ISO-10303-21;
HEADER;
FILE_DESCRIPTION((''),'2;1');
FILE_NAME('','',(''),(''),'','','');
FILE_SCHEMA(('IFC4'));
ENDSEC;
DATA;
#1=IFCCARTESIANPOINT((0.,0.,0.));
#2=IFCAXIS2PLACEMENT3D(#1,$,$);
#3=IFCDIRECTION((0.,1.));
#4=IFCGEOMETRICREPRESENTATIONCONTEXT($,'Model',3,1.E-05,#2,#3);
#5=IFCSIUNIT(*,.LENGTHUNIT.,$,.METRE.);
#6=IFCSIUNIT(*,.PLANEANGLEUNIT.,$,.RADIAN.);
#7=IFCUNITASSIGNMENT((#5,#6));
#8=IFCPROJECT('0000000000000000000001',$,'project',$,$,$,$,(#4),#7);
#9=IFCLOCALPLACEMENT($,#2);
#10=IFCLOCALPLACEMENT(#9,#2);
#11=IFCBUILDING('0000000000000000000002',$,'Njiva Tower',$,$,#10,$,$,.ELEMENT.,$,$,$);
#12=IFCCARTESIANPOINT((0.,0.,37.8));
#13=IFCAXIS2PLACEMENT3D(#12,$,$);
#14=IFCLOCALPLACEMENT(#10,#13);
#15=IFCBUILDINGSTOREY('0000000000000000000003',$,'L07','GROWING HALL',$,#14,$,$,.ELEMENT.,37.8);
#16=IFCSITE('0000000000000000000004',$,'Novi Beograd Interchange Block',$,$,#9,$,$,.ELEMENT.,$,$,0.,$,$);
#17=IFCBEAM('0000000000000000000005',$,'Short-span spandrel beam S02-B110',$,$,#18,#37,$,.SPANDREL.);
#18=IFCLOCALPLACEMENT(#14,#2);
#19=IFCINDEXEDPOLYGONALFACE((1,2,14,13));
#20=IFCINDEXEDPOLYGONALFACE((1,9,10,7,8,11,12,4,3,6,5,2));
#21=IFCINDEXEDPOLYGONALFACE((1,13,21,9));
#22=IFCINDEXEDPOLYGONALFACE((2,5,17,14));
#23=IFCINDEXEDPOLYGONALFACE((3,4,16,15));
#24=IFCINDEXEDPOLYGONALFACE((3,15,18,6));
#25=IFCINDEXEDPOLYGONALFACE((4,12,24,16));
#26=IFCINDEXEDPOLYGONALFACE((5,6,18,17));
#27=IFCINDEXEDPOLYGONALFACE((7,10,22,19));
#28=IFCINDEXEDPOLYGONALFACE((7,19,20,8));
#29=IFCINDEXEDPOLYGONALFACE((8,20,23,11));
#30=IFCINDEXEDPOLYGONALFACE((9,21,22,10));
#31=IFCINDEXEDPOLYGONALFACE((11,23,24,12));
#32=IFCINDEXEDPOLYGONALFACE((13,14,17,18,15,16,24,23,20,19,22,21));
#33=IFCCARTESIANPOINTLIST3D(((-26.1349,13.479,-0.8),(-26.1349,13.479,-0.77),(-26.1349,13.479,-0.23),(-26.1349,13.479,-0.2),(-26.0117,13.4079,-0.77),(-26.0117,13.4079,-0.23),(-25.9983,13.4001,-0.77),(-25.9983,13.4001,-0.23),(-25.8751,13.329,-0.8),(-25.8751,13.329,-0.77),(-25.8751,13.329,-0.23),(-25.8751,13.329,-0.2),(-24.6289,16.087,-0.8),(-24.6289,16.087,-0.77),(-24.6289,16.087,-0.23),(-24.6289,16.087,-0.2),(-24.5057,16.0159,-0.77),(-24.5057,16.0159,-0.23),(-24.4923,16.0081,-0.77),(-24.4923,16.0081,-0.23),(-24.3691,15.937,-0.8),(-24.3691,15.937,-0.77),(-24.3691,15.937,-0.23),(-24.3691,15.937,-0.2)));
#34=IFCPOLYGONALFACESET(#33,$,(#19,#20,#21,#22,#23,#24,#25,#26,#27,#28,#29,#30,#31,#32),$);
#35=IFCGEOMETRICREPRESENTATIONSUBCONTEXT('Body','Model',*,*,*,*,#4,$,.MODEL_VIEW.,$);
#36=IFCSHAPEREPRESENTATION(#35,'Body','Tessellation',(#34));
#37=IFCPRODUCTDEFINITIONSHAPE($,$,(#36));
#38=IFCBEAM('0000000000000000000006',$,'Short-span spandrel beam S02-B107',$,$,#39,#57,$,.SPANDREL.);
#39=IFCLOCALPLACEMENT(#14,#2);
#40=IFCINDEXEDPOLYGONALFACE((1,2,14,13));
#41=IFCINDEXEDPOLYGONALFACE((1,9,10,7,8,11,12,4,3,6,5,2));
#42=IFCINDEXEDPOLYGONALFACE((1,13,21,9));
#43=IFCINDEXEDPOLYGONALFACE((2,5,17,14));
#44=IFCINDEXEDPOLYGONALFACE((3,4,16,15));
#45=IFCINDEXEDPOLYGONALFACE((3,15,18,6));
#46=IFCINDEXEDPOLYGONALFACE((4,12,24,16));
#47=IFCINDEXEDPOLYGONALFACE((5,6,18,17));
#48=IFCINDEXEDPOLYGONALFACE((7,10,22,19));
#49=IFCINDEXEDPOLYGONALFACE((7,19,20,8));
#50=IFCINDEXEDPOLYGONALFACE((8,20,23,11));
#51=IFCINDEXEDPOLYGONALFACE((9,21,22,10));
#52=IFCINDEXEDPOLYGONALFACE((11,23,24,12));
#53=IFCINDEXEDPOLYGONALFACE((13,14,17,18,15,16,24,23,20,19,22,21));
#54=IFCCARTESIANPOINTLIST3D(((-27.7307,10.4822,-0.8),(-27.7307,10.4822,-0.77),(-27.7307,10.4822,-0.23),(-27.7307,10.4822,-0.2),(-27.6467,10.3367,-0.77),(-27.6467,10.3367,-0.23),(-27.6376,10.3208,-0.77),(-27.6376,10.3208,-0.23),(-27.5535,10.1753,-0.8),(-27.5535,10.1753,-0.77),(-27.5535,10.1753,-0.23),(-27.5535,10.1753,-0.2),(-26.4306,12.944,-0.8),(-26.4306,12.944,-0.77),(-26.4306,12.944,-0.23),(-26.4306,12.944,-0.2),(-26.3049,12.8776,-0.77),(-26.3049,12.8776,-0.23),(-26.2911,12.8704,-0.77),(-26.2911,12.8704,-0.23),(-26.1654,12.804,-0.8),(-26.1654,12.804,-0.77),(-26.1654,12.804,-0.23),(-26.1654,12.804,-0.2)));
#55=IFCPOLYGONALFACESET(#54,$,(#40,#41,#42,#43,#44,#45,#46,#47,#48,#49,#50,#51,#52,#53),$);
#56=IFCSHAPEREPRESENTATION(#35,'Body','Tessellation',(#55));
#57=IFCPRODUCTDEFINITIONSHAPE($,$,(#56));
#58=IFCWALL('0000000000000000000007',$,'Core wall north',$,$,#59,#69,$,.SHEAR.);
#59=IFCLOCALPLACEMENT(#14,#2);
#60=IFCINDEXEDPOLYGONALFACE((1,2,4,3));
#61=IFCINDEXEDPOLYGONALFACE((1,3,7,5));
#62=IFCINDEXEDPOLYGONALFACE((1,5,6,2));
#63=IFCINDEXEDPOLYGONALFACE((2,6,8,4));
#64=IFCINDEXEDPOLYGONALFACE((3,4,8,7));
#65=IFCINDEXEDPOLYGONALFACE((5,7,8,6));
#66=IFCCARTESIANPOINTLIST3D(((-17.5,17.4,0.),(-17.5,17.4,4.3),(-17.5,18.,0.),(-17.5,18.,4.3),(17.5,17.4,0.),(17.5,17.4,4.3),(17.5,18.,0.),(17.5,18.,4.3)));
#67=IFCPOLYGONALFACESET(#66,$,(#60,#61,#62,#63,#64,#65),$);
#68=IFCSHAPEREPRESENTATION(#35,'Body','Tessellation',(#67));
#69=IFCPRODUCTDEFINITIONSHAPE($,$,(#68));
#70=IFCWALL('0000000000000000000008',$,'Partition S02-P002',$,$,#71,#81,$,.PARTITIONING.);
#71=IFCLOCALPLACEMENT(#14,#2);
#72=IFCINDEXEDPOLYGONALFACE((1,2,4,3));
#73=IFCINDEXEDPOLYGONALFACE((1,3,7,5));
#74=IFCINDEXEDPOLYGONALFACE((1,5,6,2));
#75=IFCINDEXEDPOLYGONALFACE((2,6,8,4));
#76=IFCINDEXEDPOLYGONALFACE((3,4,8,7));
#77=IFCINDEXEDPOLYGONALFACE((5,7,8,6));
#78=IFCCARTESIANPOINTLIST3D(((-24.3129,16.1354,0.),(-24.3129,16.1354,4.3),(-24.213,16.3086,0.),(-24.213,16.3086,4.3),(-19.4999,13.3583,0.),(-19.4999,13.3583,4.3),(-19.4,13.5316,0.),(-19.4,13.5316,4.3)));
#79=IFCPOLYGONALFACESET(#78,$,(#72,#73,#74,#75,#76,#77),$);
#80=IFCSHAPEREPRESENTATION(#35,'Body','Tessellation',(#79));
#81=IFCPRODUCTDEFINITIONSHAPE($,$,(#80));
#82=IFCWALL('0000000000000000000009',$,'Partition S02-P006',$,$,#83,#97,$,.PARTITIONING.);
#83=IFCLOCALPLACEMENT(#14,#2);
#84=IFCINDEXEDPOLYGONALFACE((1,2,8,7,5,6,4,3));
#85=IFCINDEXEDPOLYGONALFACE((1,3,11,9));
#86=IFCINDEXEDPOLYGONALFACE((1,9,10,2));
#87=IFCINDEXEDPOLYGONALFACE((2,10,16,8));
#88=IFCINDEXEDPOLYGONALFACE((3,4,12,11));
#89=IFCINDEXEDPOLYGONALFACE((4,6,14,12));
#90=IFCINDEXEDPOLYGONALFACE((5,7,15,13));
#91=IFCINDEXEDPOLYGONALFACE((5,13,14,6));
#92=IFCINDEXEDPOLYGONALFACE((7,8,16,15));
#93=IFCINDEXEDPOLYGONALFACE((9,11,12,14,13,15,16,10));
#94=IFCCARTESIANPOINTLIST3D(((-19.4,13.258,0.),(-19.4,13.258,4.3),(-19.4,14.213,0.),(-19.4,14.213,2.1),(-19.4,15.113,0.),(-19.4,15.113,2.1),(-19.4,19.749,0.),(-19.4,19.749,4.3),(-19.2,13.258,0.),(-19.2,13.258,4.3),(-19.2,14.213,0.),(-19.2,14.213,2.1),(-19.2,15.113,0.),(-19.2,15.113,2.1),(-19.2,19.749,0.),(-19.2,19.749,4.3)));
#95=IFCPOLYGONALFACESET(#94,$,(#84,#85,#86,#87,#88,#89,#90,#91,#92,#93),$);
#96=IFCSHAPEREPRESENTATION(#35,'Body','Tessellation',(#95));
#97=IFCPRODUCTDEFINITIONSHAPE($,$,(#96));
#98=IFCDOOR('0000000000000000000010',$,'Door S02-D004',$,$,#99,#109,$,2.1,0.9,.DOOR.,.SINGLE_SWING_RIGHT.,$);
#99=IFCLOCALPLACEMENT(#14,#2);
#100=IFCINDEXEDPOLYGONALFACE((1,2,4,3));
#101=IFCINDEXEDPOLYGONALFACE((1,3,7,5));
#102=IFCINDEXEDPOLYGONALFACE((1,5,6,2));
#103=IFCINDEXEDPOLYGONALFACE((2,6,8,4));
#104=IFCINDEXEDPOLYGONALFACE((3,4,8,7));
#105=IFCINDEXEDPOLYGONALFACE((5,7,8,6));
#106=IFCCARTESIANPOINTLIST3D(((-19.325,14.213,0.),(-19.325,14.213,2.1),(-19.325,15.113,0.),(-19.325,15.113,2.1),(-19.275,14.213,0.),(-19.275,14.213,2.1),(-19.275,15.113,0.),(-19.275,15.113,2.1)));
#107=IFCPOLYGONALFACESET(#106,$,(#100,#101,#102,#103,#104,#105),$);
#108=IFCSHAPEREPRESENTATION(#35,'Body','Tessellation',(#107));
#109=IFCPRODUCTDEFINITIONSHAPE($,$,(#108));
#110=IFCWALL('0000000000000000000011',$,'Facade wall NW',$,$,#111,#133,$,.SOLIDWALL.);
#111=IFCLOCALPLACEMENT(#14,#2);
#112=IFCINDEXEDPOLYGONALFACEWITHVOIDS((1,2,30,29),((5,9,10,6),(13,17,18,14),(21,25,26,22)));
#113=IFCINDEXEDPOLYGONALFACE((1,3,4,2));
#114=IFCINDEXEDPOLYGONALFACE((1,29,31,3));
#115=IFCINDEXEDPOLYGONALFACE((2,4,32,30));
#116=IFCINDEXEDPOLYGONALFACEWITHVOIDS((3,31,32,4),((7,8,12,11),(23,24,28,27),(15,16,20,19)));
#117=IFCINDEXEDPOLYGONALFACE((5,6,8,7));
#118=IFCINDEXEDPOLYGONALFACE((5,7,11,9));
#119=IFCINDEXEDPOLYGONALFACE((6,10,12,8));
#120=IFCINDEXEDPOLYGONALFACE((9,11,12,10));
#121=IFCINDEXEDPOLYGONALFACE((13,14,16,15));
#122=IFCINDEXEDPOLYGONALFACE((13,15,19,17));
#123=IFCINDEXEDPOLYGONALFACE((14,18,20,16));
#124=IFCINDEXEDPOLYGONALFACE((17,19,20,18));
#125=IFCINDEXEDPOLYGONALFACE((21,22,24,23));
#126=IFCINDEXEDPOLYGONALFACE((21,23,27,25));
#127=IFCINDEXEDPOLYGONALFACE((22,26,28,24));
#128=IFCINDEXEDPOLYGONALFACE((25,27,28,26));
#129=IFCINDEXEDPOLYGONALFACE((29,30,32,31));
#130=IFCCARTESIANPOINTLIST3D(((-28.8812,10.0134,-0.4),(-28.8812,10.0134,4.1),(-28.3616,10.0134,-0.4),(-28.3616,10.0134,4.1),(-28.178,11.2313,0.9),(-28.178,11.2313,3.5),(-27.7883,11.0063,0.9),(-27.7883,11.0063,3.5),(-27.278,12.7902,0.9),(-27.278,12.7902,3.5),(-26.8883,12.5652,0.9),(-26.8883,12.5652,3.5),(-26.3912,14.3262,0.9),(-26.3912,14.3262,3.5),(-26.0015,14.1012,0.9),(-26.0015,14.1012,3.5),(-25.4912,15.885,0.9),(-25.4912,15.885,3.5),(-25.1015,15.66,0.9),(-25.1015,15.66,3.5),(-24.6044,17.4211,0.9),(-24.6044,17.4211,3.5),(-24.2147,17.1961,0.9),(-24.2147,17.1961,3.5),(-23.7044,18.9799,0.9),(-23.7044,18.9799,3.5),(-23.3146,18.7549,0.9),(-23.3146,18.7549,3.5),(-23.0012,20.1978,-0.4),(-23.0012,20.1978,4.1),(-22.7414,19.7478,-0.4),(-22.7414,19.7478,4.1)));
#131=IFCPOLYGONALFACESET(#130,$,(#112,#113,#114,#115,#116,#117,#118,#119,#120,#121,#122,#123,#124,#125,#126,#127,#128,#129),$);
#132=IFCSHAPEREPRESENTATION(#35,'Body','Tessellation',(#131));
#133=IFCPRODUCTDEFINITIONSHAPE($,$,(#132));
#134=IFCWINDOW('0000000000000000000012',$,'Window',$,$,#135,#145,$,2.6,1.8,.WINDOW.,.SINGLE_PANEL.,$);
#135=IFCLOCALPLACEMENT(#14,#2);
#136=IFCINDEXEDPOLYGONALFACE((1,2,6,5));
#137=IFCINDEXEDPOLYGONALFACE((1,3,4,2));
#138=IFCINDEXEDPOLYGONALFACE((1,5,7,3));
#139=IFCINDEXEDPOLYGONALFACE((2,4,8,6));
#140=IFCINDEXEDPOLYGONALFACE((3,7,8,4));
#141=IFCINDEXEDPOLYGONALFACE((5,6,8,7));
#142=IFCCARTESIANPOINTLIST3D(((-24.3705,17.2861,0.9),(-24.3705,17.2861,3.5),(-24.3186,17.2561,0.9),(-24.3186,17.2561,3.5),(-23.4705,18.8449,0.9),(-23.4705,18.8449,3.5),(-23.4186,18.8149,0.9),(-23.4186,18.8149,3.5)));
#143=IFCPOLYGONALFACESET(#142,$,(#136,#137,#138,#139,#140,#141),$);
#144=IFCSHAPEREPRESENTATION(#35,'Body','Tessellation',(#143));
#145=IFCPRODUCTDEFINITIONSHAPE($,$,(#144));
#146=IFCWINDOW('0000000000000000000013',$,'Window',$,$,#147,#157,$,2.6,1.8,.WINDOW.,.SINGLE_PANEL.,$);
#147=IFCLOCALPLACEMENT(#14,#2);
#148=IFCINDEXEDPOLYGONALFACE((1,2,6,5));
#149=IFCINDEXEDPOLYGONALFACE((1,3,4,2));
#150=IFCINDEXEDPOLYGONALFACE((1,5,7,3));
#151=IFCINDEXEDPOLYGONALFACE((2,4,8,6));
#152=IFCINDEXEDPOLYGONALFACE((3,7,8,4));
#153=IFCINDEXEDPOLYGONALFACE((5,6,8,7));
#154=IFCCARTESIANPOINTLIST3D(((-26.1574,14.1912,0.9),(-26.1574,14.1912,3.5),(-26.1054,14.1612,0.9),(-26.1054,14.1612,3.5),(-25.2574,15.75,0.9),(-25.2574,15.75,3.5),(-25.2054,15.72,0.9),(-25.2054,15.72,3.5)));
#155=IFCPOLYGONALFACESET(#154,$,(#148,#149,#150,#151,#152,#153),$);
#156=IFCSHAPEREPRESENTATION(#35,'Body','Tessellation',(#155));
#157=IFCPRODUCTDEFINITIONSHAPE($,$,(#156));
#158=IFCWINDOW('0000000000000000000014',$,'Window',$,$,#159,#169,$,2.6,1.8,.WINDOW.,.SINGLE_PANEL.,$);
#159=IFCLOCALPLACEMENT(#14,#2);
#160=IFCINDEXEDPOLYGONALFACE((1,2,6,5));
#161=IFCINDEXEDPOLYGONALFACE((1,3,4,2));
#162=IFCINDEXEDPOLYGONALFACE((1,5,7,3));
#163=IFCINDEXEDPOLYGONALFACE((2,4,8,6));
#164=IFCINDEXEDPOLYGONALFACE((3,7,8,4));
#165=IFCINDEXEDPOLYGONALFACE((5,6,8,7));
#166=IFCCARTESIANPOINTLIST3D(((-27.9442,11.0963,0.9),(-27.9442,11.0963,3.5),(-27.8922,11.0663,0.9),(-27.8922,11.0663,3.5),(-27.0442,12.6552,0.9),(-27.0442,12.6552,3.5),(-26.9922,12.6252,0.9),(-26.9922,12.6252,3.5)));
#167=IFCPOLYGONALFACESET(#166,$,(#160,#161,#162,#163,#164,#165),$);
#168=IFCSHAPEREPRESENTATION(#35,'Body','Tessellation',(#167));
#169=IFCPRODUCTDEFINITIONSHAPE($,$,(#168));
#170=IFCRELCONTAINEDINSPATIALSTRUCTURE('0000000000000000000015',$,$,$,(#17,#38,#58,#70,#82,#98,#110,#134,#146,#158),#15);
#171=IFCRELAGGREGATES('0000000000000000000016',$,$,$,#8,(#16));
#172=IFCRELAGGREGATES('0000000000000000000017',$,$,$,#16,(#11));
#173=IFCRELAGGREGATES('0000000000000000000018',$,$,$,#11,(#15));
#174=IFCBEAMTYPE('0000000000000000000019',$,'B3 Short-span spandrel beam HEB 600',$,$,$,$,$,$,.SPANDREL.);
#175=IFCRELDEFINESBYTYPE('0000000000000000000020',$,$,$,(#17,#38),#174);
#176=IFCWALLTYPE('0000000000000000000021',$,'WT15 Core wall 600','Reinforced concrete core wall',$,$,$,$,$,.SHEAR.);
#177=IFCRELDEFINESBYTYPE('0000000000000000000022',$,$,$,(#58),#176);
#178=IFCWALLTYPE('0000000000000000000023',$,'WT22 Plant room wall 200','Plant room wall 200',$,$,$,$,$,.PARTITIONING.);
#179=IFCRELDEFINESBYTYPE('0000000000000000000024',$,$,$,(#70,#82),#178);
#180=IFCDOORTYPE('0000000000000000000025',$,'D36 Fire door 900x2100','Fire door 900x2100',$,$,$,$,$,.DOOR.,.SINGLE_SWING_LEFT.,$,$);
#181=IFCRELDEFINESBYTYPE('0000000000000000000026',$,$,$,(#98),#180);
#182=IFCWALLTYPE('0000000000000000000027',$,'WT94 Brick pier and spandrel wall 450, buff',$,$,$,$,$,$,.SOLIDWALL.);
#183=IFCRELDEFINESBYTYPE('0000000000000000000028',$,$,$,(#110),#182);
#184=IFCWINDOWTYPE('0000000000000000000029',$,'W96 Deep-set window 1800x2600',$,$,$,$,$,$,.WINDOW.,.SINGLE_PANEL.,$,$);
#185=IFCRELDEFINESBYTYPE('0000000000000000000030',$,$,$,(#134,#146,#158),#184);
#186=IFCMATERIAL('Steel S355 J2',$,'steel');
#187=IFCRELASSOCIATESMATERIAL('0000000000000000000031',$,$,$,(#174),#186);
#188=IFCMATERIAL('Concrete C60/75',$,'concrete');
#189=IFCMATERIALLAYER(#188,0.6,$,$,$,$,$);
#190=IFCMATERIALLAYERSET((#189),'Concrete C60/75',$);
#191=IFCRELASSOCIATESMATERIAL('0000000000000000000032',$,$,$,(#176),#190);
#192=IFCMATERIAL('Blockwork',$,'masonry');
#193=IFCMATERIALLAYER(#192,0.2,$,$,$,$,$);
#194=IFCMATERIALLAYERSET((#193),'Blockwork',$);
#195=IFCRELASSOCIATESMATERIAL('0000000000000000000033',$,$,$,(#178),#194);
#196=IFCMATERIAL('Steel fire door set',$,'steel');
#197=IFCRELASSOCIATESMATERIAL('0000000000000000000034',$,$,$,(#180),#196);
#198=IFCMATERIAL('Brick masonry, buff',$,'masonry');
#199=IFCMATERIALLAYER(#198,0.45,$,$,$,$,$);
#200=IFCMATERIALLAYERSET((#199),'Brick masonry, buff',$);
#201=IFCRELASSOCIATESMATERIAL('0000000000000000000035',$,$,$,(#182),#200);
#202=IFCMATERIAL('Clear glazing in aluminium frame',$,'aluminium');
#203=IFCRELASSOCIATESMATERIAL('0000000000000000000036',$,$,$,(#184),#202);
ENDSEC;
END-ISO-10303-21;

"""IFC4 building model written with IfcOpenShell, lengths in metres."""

from ifc_helpers import new_model, si_unit, direction, frame, frame_2d, origin, origin_2d, place, context, subcontext, project, spatial, polyline, rectangle, i_section, outline, extrude, clip, halfspace, material, layer, layer_set, material_profile, profile_set, type_object, element, fill, save


model = new_model("IFC4")

# Units and contexts
model_context = context("Model", 3, precision=1e-05, world=origin(), true_north=direction((0.0, 1.0)))
body_context = subcontext(model_context, "Body", "Model", "MODEL_VIEW")
ifc_project = project(units=[si_unit("LENGTHUNIT", "METRE"), si_unit("PLANEANGLEUNIT", "RADIAN")], contexts=[model_context])

# Site, building, storey
site_placement = place(None, origin())
site = spatial("IfcSite", under=ifc_project, at=site_placement, Name="Novi Beograd Interchange Block", CompositionType="ELEMENT", RefElevation=0.0)
building_placement = place(site_placement, origin())
building = spatial("IfcBuilding", under=site, at=building_placement, Name="Njiva Tower", CompositionType="ELEMENT")
storey_placement = place(building_placement, frame((0.0, 0.0, 37.8)))
storey = spatial("IfcBuildingStorey", under=building, at=storey_placement, Name="L07", Description="GROWING HALL", CompositionType="ELEMENT", Elevation=37.8)

# Shared definitions
ifc_material_1 = material(Name="Steel S355 J2", Category="steel")

# Beams
ifc_material_profile_1 = material_profile(ifc_material_1, i_section(OverallWidth=0.3, OverallDepth=0.6, WebThickness=0.0155, FlangeThickness=0.03, at=origin_2d()), Name="HEB 600")
ifc_profile_set_1 = profile_set([ifc_material_profile_1], Name="Steel S355 J2")
beam_type_1 = type_object("IfcBeamType", Name="B3 Short-span spandrel beam HEB 600", PredefinedType="SPANDREL", material=ifc_profile_set_1)
beam_1_placement = place(storey_placement, frame((-24.499, 16.012, -0.5), z_axis=(-0.500067, -0.865987, 0.0), x_axis=(0.865987, -0.500067, 0.0)))
element("IfcBeam", 1, at=beam_1_placement, inside=storey, type_object=beam_type_1, Name="Short-span spandrel beam S02-B110", PredefinedType="SPANDREL", context=body_context, shape_type="SweptSolid", body=[
    extrude(i_section(OverallWidth=0.3, OverallDepth=0.6, WebThickness=0.0155, FlangeThickness=0.03, at=origin_2d()), origin(), (0.0, 0.0, 1.0), 3.0116),
])
beam_2_placement = place(storey_placement, frame((-26.298, 12.874, -0.5), z_axis=(-0.466978, -0.884269, 0.0), x_axis=(0.884269, -0.466978, 0.0)))
element("IfcBeam", 2, at=beam_2_placement, inside=storey, type_object=beam_type_1, Name="Short-span spandrel beam S02-B107", PredefinedType="SPANDREL", context=body_context, shape_type="Clipping", body=[
    clip(extrude(i_section(OverallWidth=0.3, OverallDepth=0.6, WebThickness=0.0155, FlangeThickness=0.03, at=origin_2d()), origin(), (0.0, 0.0, 1.0), 2.9921), halfspace(frame((-0.0265, 0.0, 2.8617), z_axis=(-0.532313, 0.0, 0.846548), x_axis=(0.0, 1.0, 0.0)), False)),
])

# Walls
ifc_material_2 = material(Name="Concrete C60/75", Category="concrete")
ifc_layer_1 = layer(ifc_material_2, 0.6)
ifc_layer_set_1 = layer_set([ifc_layer_1], Name="Concrete C60/75")
wall_type_1 = type_object("IfcWallType", Name="WT15 Core wall 600", Description="Reinforced concrete core wall", PredefinedType="SHEAR", material=ifc_layer_set_1)
wall_1_placement = place(storey_placement, frame((-17.5, 17.7, 0.0), z_axis=(0.0, 0.0, 1.0), x_axis=(1.0, 0.0, 0.0)))
element("IfcWall", 3, at=wall_1_placement, inside=storey, type_object=wall_type_1, Name="Core wall north", PredefinedType="SHEAR", context=body_context, shape_type="SweptSolid", body=[
    extrude(rectangle(XDim=35.0, YDim=0.6, at=frame_2d((17.5, 0.0))), origin(), (0.0, 0.0, 1.0), 4.3),
])
ifc_material_3 = material(Name="Blockwork", Category="masonry")
ifc_layer_2 = layer(ifc_material_3, 0.2)
ifc_layer_set_2 = layer_set([ifc_layer_2], Name="Blockwork")
wall_type_2 = type_object("IfcWallType", Name="WT22 Plant room wall 200", Description="Plant room wall 200", PredefinedType="PARTITIONING", material=ifc_layer_set_2)
wall_2_placement = place(storey_placement, frame((-24.263, 16.222, 0.0), z_axis=(0.0, 0.0, 1.0), x_axis=(0.866165, -0.499759, 0.0)))
element("IfcWall", 4, at=wall_2_placement, inside=storey, type_object=wall_type_2, Name="Partition S02-P002", PredefinedType="PARTITIONING", context=body_context, shape_type="SweptSolid", body=[
    extrude(rectangle(XDim=5.5567, YDim=0.2, at=frame_2d((2.7784, 0.0))), origin(), (0.0, 0.0, 1.0), 4.3),
])

# Wall, opening, door
wall_3_placement = place(storey_placement, frame((-19.3, 13.258, 0.0), z_axis=(0.0, 0.0, 1.0), x_axis=(0.0, 1.0, 0.0)))
wall_3 = element("IfcWall", 5, at=wall_3_placement, inside=storey, type_object=wall_type_2, Name="Partition S02-P006", PredefinedType="PARTITIONING", context=body_context, shape_type="SweptSolid", body=[
    extrude(rectangle(XDim=6.491, YDim=0.2, at=frame_2d((3.2455, 0.0))), origin(), (0.0, 0.0, 1.0), 4.3),
])
opening_1_placement = place(wall_3_placement, frame((0.955, 0.0, 0.0)))
opening_1 = element("IfcOpeningElement", 6, at=opening_1_placement, cuts=wall_3, PredefinedType="OPENING", context=body_context, shape_type="SweptSolid", body=[
    extrude(rectangle(XDim=0.9, YDim=2.1, at=frame_2d((0.45, 1.05))), frame((0.0, 0.11, 0.0), z_axis=(0.0, -1.0, 0.0), x_axis=(1.0, 0.0, 0.0)), (0.0, 0.0, 1.0), 0.22),
])
ifc_material_4 = material(Name="Steel fire door set", Category="steel")
door_type = type_object("IfcDoorType", Name="D36 Fire door 900x2100", Description="Fire door 900x2100", OperationType="SINGLE_SWING_LEFT", PredefinedType="DOOR", material=ifc_material_4)
door_placement = place(opening_1_placement, origin())
door = element("IfcDoor", 7, at=door_placement, inside=storey, type_object=door_type, Name="Door S02-D004", OperationType="SINGLE_SWING_RIGHT", OverallHeight=2.1, OverallWidth=0.9, PredefinedType="DOOR", context=body_context, shape_type="SweptSolid", body=[
    extrude(rectangle(XDim=0.9, YDim=2.1, at=frame_2d((0.45, 1.05))), frame((0.0, 0.025, 0.0), z_axis=(0.0, -1.0, 0.0), x_axis=(1.0, 0.0, 0.0)), (0.0, 0.0, 1.0), 0.05),
])
fill(opening_1, door)

# Wall, openings, windows
ifc_material_5 = material(Name="Brick masonry, buff", Category="masonry")
ifc_layer_3 = layer(ifc_material_5, 0.45)
ifc_layer_set_3 = layer_set([ifc_layer_3], Name="Brick masonry, buff")
wall_type_3 = type_object("IfcWallType", Name="WT94 Brick pier and spandrel wall 450, buff", PredefinedType="SOLIDWALL", material=ifc_layer_set_3)
wall_4_placement = place(storey_placement, frame((-22.8713, 19.9728, -0.4), z_axis=(0.0, 0.0, 1.0), x_axis=(-0.500002, -0.866024, 0.0)))
wall_4 = element("IfcWall", 8, at=wall_4_placement, inside=storey, type_object=wall_type_3, Name="Facade wall NW", PredefinedType="SOLIDWALL", context=body_context, shape_type="SweptSolid", body=[
    extrude(outline(polyline([(-0.1299, -0.225), (11.63, -0.225), (11.3702, 0.225), (0.1299, 0.225), (-0.1299, -0.225)])), origin(), (0.0, 0.0, 1.0), 4.5),
])
opening_2_placement = place(wall_4_placement, frame((1.2764, 0.0, 1.3)))
opening_2 = element("IfcOpeningElement", 9, at=opening_2_placement, cuts=wall_4, PredefinedType="OPENING", context=body_context, shape_type="SweptSolid", body=[
    extrude(rectangle(XDim=1.8, YDim=2.6, at=frame_2d((0.9, 1.3))), frame((0.0, 0.235, 0.0), z_axis=(0.0, -1.0, 0.0), x_axis=(1.0, 0.0, 0.0)), (0.0, 0.0, 1.0), 0.47),
])
opening_3_placement = place(wall_4_placement, frame((4.8501, 0.0, 1.3)))
opening_3 = element("IfcOpeningElement", 10, at=opening_3_placement, cuts=wall_4, PredefinedType="OPENING", context=body_context, shape_type="SweptSolid", body=[
    extrude(rectangle(XDim=1.8, YDim=2.6, at=frame_2d((0.9, 1.3))), frame((0.0, 0.235, 0.0), z_axis=(0.0, -1.0, 0.0), x_axis=(1.0, 0.0, 0.0)), (0.0, 0.0, 1.0), 0.47),
])
opening_4_placement = place(wall_4_placement, frame((8.4237, 0.0, 1.3)))
opening_4 = element("IfcOpeningElement", 11, at=opening_4_placement, cuts=wall_4, PredefinedType="OPENING", context=body_context, shape_type="SweptSolid", body=[
    extrude(rectangle(XDim=1.8, YDim=2.6, at=frame_2d((0.9, 1.3))), frame((0.0, 0.235, 0.0), z_axis=(0.0, -1.0, 0.0), x_axis=(1.0, 0.0, 0.0)), (0.0, 0.0, 1.0), 0.47),
])
ifc_material_6 = material(Name="Clear glazing in aluminium frame", Category="aluminium")
window_type = type_object("IfcWindowType", Name="W96 Deep-set window 1800x2600", PartitioningType="SINGLE_PANEL", PredefinedType="WINDOW", material=ifc_material_6)
window_1_placement = place(opening_2_placement, origin())
window_1 = element("IfcWindow", 12, at=window_1_placement, inside=storey, type_object=window_type, Name="Window", OverallHeight=2.6, OverallWidth=1.8, PartitioningType="SINGLE_PANEL", PredefinedType="WINDOW", context=body_context, shape_type="SweptSolid", body=[
    extrude(rectangle(XDim=1.8, YDim=2.6, at=frame_2d((0.9, 1.3))), frame((0.0, 0.105, 0.0), z_axis=(0.0, -1.0, 0.0), x_axis=(1.0, 0.0, 0.0)), (0.0, 0.0, 1.0), 0.06),
])
fill(opening_2, window_1)
window_2_placement = place(opening_3_placement, origin())
window_2 = element("IfcWindow", 13, at=window_2_placement, inside=storey, type_object=window_type, Name="Window", OverallHeight=2.6, OverallWidth=1.8, PartitioningType="SINGLE_PANEL", PredefinedType="WINDOW", context=body_context, shape_type="SweptSolid", body=[
    extrude(rectangle(XDim=1.8, YDim=2.6, at=frame_2d((0.9, 1.3))), frame((0.0, 0.105, 0.0), z_axis=(0.0, -1.0, 0.0), x_axis=(1.0, 0.0, 0.0)), (0.0, 0.0, 1.0), 0.06),
])
fill(opening_3, window_2)
window_3_placement = place(opening_4_placement, origin())
window_3 = element("IfcWindow", 14, at=window_3_placement, inside=storey, type_object=window_type, Name="Window", OverallHeight=2.6, OverallWidth=1.8, PartitioningType="SINGLE_PANEL", PredefinedType="WINDOW", context=body_context, shape_type="SweptSolid", body=[
    extrude(rectangle(XDim=1.8, YDim=2.6, at=frame_2d((0.9, 1.3))), frame((0.0, 0.105, 0.0), z_axis=(0.0, -1.0, 0.0), x_axis=(1.0, 0.0, 0.0)), (0.0, 0.0, 1.0), 0.06),
])
fill(opening_4, window_3)

save(model, "model.ifc")
